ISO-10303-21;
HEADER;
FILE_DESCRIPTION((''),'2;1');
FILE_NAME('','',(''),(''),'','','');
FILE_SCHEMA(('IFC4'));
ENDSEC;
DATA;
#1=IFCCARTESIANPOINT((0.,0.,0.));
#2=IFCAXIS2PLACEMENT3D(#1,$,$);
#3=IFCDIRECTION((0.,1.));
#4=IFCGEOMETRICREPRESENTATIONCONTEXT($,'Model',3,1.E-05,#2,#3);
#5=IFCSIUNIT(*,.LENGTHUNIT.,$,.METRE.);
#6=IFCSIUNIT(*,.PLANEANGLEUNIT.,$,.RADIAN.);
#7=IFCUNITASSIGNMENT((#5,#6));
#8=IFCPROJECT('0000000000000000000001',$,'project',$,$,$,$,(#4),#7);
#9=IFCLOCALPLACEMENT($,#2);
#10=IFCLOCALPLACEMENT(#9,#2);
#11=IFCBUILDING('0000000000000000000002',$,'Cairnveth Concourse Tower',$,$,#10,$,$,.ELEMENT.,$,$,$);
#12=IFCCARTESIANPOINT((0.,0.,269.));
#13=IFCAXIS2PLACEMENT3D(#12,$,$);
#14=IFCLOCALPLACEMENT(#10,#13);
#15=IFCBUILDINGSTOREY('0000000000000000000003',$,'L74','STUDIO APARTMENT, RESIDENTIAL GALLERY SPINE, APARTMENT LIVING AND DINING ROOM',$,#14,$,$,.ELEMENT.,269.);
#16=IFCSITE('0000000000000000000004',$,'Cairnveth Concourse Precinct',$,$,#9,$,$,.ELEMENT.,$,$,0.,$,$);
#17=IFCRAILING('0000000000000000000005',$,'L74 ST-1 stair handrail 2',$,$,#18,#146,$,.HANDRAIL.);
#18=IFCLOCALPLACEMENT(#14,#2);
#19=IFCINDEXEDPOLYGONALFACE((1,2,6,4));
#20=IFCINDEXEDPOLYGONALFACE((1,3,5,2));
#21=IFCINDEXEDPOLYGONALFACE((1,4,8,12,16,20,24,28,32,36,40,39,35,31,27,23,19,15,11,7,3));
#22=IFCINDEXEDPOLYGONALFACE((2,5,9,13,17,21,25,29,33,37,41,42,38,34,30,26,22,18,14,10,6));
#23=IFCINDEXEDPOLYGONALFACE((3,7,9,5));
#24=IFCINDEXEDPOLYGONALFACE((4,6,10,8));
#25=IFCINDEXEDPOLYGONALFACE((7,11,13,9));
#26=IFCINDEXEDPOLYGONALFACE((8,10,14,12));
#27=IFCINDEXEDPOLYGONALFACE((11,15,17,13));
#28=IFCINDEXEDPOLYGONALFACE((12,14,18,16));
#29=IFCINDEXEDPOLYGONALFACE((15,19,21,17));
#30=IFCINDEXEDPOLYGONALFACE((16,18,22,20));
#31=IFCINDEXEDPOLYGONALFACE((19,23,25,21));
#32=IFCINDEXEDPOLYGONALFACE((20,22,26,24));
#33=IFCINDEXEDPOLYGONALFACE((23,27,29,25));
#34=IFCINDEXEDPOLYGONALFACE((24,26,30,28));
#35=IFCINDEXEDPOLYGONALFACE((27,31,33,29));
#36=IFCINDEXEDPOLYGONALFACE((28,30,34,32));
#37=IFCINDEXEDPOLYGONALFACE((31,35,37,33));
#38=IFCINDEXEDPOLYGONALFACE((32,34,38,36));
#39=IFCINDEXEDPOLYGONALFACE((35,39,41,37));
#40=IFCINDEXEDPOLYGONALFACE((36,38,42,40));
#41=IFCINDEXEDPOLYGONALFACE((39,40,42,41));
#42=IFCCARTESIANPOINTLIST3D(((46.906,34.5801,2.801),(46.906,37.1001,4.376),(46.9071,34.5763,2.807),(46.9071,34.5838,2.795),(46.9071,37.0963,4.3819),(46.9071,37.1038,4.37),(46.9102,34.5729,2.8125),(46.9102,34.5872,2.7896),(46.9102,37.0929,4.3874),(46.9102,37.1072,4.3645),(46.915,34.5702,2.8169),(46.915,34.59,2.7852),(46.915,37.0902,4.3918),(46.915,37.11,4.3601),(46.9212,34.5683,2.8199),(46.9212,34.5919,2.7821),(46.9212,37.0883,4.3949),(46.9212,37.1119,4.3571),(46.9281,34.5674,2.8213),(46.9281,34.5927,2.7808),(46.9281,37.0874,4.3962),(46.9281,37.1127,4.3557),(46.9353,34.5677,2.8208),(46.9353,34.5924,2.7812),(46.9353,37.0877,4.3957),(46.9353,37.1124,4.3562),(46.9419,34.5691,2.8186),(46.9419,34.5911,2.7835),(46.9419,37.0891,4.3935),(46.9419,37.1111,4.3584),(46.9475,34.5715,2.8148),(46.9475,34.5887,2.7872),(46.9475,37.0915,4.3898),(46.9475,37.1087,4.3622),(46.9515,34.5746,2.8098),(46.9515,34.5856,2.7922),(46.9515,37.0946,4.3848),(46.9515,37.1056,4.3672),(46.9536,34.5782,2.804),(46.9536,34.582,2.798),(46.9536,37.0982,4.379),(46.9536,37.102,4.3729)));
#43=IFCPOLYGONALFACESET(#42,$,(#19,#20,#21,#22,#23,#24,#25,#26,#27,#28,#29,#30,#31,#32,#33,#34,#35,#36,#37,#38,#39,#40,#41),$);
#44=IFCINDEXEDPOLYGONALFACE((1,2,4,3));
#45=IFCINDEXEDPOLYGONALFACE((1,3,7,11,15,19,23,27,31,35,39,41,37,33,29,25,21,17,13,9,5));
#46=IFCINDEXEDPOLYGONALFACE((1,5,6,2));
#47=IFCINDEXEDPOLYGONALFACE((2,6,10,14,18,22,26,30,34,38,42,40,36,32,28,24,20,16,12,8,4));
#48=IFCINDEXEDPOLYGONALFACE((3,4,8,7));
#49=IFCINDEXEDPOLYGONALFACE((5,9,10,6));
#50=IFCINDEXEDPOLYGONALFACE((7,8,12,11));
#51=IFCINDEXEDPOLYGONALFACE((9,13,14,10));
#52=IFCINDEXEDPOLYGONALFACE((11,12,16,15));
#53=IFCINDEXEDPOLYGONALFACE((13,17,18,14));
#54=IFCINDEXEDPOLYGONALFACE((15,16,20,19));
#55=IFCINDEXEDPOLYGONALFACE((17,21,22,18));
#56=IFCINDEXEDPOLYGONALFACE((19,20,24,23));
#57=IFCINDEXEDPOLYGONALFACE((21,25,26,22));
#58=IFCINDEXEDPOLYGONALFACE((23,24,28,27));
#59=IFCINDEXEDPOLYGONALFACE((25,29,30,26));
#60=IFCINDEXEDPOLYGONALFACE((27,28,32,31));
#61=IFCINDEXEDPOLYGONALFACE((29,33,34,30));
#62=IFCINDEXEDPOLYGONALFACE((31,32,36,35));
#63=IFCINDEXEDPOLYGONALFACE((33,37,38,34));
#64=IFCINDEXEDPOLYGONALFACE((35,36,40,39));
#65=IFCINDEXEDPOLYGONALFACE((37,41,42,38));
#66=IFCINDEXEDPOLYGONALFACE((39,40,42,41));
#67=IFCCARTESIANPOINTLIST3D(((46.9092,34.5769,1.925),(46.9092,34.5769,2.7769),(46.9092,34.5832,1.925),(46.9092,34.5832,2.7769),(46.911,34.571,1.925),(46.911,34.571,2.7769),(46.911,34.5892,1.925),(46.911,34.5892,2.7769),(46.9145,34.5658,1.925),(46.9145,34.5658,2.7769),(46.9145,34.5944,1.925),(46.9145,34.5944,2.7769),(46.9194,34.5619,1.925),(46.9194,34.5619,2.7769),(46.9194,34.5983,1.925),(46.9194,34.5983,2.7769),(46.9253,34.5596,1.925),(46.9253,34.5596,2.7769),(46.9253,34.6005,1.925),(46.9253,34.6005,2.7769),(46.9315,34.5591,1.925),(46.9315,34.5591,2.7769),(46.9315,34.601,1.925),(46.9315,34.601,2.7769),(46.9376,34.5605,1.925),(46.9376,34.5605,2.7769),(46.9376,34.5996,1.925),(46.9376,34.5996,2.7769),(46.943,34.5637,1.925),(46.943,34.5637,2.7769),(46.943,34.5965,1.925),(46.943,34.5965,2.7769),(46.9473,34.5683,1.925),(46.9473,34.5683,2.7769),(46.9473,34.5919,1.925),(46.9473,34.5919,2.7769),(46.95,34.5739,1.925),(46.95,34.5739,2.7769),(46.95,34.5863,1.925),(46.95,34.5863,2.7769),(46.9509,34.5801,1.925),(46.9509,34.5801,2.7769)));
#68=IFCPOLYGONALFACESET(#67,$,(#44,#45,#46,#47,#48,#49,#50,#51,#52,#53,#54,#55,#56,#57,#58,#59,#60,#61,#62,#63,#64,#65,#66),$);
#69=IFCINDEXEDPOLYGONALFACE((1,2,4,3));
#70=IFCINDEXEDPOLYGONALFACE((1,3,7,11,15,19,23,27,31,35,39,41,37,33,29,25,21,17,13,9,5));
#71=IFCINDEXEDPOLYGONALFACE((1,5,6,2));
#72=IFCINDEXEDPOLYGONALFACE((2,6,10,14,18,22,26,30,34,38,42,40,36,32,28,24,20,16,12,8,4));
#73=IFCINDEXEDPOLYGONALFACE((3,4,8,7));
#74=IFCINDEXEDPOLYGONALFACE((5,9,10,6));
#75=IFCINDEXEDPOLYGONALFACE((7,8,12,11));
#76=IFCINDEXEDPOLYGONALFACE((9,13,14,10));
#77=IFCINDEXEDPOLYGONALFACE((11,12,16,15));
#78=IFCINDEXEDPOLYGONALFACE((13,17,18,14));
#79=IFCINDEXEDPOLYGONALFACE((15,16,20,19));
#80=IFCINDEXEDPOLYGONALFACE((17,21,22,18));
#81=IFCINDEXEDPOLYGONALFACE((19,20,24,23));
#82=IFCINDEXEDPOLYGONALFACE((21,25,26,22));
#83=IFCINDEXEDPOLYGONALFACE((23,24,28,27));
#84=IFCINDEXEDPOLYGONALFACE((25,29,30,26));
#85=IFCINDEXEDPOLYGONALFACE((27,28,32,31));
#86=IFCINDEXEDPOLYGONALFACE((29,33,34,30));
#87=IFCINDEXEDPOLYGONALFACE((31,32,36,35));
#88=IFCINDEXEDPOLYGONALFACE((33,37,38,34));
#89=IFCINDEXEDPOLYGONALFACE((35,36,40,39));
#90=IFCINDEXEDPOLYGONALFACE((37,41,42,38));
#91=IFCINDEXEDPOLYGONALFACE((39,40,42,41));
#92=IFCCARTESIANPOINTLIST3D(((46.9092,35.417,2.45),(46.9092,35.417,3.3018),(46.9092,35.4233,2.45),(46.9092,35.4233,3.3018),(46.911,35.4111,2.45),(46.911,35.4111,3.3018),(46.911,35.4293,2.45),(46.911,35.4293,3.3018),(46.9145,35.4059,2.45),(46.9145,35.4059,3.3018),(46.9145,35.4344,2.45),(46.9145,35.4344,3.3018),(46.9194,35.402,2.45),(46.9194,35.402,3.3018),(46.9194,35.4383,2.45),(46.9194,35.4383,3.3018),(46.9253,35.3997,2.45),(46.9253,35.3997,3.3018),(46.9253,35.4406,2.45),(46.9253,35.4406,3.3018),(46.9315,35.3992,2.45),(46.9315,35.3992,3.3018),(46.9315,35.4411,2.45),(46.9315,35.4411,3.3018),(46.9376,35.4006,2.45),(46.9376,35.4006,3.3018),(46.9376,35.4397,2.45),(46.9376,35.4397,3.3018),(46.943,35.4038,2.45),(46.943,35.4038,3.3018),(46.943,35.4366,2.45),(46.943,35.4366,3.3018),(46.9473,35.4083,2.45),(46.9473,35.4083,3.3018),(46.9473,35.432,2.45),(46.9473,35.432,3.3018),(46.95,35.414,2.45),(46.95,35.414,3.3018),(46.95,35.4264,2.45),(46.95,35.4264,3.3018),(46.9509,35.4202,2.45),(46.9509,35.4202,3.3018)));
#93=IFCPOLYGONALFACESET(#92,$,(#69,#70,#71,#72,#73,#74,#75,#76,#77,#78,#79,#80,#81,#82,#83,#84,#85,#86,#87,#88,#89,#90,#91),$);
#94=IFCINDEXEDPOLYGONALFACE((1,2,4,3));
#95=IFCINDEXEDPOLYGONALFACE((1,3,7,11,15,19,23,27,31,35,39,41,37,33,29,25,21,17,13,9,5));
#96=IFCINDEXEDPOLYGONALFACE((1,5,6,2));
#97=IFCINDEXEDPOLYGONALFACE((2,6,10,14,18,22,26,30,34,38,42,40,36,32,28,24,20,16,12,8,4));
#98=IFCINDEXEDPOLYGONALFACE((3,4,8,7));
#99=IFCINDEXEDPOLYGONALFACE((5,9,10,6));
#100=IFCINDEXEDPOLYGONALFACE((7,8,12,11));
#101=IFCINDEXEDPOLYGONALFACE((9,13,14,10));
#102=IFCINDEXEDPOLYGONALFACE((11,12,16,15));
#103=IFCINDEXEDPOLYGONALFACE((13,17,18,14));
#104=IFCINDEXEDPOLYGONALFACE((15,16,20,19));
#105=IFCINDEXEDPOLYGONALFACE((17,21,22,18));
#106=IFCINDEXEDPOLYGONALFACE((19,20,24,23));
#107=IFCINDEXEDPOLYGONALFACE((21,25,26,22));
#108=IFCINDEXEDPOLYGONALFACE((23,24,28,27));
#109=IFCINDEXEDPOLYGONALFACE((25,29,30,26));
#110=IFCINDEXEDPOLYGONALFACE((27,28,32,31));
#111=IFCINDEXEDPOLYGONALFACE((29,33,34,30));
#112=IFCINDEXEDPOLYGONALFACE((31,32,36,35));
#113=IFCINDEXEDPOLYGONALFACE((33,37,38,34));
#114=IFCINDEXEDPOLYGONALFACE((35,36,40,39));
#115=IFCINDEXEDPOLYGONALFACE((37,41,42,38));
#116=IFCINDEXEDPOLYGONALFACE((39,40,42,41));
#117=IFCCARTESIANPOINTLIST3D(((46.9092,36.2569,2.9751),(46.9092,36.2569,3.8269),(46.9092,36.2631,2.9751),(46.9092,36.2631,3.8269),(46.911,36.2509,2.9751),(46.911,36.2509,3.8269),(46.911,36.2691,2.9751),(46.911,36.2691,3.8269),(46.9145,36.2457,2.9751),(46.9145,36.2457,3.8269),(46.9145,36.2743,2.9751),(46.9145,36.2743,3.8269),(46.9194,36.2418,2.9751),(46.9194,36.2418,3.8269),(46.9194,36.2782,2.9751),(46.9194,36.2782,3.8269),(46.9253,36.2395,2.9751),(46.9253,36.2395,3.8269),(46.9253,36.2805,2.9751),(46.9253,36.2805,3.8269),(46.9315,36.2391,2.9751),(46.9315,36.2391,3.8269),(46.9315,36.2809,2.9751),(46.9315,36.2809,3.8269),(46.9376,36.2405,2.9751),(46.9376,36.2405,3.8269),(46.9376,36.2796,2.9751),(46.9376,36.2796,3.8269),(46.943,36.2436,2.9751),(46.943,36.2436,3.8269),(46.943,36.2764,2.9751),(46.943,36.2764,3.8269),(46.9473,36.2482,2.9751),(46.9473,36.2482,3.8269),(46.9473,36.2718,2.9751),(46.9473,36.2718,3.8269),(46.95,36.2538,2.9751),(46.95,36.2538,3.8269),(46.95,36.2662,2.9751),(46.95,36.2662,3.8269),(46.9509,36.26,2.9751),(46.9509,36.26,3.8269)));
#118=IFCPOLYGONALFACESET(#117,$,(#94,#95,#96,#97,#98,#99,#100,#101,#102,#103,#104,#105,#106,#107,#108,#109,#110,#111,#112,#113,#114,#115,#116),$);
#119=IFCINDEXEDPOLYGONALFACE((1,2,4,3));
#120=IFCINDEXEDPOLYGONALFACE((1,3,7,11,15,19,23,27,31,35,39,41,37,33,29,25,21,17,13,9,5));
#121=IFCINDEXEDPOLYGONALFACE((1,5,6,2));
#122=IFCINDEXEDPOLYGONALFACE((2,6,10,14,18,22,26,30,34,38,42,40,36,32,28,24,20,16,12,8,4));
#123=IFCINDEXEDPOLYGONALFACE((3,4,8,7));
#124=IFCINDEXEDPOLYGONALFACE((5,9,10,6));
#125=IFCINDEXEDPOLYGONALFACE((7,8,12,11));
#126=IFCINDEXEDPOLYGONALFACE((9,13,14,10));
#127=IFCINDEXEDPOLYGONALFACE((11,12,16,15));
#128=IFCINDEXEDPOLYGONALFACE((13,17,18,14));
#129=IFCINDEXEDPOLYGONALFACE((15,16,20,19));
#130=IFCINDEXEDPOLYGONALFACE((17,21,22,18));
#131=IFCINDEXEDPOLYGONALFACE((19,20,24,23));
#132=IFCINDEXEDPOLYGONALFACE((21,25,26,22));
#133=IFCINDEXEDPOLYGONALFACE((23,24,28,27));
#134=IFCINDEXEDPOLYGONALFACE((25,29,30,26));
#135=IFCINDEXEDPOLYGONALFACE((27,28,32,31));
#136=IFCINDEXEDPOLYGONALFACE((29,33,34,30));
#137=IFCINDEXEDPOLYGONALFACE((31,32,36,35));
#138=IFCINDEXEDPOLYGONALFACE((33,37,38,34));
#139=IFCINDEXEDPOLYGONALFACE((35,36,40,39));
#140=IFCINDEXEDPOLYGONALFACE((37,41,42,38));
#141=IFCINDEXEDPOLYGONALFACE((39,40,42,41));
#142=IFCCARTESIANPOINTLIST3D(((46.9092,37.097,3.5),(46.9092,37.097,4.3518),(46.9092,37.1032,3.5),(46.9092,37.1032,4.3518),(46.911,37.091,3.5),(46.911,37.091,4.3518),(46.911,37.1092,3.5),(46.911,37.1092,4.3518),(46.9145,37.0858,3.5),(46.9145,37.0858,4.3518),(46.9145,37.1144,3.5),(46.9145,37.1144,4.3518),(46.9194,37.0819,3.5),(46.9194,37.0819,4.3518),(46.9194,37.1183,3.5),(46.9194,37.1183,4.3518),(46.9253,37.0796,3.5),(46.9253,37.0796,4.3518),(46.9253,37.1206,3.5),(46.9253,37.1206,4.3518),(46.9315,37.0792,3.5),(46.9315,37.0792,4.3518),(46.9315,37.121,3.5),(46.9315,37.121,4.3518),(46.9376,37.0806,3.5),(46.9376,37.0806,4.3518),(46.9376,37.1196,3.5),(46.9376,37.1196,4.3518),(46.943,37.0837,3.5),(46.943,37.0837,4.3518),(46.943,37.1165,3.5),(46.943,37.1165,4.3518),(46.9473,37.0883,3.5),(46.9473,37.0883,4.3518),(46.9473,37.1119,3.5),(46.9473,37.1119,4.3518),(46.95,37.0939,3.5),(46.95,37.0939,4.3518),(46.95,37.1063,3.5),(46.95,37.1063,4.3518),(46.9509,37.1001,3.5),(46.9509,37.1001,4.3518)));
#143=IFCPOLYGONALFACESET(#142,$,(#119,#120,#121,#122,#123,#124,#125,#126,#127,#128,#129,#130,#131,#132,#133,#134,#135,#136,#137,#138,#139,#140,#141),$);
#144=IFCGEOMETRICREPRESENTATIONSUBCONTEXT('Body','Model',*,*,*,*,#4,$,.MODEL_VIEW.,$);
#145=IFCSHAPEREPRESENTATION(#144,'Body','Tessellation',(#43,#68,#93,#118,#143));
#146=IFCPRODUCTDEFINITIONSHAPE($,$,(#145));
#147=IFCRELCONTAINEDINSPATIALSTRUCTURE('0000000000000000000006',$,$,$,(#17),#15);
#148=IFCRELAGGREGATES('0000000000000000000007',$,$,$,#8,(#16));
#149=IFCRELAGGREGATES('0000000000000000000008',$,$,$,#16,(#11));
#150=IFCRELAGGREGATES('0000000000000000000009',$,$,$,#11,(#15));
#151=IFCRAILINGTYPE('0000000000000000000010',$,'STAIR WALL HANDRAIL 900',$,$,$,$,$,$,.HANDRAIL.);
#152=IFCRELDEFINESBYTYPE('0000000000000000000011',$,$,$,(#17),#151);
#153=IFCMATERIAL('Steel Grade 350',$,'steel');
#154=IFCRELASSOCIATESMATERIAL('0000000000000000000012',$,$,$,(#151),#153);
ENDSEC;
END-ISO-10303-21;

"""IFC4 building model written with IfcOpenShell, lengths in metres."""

from ifc_helpers import new_model, si_unit, direction, frame, origin, origin_2d, place, context, subcontext, project, spatial, circle, extrude, material, type_object, element, save


model = new_model("IFC4")

# Units and contexts
model_context = context("Model", 3, precision=1e-05, world=origin(), true_north=direction((0.0, 1.0)))
body_context = subcontext(model_context, "Body", "Model", "MODEL_VIEW")
ifc_project = project(units=[si_unit("LENGTHUNIT", "METRE"), si_unit("PLANEANGLEUNIT", "RADIAN")], contexts=[model_context])

# Site, building, storey
site_placement = place(None, origin())
site = spatial("IfcSite", under=ifc_project, at=site_placement, Name="Cairnveth Concourse Precinct", CompositionType="ELEMENT", RefElevation=0.0)
building_placement = place(site_placement, origin())
building = spatial("IfcBuilding", under=site, at=building_placement, Name="Cairnveth Concourse Tower", CompositionType="ELEMENT")
storey_placement = place(building_placement, frame((0.0, 0.0, 269.0)))
storey = spatial("IfcBuildingStorey", under=building, at=storey_placement, Name="L74", Description="STUDIO APARTMENT, RESIDENTIAL GALLERY SPINE, APARTMENT LIVING AND DINING ROOM", CompositionType="ELEMENT", Elevation=269.0)

# Shared definitions
ifc_material_1 = material(Name="Steel Grade 350", Category="steel")

# Railing
railing_type_1 = type_object("IfcRailingType", Name="STAIR WALL HANDRAIL 900", PredefinedType="HANDRAIL", material=ifc_material_1)
railing_1_placement = place(storey_placement, frame((46.9299, 34.5801, 1.925)))
element("IfcRailing", 1, at=railing_1_placement, inside=storey, type_object=railing_type_1, Name="L74 ST-1 stair handrail 2", PredefinedType="HANDRAIL", context=body_context, shape_type="SweptSolid", body=[
    extrude(circle(Radius=0.0239, at=origin_2d()), frame((0.0, 0.0, 0.876), z_axis=(0.0, 0.848008, 0.529984), x_axis=(-1.0, 0.0, 0.0)), (0.0, 0.0, 1.0), 2.9717),
    extrude(circle(Radius=0.021, at=origin_2d()), origin(), (0.0, 0.0, 1.0), 0.8518),
    extrude(circle(Radius=0.021, at=origin_2d()), frame((0.0, 0.8401, 0.5249)), (0.0, 0.0, 1.0), 0.8518),
    extrude(circle(Radius=0.021, at=origin_2d()), frame((0.0, 1.6799, 1.05)), (0.0, 0.0, 1.0), 0.8518),
    extrude(circle(Radius=0.021, at=origin_2d()), frame((0.0, 2.52, 1.575)), (0.0, 0.0, 1.0), 0.8518),
])

save(model, "model.ifc")
